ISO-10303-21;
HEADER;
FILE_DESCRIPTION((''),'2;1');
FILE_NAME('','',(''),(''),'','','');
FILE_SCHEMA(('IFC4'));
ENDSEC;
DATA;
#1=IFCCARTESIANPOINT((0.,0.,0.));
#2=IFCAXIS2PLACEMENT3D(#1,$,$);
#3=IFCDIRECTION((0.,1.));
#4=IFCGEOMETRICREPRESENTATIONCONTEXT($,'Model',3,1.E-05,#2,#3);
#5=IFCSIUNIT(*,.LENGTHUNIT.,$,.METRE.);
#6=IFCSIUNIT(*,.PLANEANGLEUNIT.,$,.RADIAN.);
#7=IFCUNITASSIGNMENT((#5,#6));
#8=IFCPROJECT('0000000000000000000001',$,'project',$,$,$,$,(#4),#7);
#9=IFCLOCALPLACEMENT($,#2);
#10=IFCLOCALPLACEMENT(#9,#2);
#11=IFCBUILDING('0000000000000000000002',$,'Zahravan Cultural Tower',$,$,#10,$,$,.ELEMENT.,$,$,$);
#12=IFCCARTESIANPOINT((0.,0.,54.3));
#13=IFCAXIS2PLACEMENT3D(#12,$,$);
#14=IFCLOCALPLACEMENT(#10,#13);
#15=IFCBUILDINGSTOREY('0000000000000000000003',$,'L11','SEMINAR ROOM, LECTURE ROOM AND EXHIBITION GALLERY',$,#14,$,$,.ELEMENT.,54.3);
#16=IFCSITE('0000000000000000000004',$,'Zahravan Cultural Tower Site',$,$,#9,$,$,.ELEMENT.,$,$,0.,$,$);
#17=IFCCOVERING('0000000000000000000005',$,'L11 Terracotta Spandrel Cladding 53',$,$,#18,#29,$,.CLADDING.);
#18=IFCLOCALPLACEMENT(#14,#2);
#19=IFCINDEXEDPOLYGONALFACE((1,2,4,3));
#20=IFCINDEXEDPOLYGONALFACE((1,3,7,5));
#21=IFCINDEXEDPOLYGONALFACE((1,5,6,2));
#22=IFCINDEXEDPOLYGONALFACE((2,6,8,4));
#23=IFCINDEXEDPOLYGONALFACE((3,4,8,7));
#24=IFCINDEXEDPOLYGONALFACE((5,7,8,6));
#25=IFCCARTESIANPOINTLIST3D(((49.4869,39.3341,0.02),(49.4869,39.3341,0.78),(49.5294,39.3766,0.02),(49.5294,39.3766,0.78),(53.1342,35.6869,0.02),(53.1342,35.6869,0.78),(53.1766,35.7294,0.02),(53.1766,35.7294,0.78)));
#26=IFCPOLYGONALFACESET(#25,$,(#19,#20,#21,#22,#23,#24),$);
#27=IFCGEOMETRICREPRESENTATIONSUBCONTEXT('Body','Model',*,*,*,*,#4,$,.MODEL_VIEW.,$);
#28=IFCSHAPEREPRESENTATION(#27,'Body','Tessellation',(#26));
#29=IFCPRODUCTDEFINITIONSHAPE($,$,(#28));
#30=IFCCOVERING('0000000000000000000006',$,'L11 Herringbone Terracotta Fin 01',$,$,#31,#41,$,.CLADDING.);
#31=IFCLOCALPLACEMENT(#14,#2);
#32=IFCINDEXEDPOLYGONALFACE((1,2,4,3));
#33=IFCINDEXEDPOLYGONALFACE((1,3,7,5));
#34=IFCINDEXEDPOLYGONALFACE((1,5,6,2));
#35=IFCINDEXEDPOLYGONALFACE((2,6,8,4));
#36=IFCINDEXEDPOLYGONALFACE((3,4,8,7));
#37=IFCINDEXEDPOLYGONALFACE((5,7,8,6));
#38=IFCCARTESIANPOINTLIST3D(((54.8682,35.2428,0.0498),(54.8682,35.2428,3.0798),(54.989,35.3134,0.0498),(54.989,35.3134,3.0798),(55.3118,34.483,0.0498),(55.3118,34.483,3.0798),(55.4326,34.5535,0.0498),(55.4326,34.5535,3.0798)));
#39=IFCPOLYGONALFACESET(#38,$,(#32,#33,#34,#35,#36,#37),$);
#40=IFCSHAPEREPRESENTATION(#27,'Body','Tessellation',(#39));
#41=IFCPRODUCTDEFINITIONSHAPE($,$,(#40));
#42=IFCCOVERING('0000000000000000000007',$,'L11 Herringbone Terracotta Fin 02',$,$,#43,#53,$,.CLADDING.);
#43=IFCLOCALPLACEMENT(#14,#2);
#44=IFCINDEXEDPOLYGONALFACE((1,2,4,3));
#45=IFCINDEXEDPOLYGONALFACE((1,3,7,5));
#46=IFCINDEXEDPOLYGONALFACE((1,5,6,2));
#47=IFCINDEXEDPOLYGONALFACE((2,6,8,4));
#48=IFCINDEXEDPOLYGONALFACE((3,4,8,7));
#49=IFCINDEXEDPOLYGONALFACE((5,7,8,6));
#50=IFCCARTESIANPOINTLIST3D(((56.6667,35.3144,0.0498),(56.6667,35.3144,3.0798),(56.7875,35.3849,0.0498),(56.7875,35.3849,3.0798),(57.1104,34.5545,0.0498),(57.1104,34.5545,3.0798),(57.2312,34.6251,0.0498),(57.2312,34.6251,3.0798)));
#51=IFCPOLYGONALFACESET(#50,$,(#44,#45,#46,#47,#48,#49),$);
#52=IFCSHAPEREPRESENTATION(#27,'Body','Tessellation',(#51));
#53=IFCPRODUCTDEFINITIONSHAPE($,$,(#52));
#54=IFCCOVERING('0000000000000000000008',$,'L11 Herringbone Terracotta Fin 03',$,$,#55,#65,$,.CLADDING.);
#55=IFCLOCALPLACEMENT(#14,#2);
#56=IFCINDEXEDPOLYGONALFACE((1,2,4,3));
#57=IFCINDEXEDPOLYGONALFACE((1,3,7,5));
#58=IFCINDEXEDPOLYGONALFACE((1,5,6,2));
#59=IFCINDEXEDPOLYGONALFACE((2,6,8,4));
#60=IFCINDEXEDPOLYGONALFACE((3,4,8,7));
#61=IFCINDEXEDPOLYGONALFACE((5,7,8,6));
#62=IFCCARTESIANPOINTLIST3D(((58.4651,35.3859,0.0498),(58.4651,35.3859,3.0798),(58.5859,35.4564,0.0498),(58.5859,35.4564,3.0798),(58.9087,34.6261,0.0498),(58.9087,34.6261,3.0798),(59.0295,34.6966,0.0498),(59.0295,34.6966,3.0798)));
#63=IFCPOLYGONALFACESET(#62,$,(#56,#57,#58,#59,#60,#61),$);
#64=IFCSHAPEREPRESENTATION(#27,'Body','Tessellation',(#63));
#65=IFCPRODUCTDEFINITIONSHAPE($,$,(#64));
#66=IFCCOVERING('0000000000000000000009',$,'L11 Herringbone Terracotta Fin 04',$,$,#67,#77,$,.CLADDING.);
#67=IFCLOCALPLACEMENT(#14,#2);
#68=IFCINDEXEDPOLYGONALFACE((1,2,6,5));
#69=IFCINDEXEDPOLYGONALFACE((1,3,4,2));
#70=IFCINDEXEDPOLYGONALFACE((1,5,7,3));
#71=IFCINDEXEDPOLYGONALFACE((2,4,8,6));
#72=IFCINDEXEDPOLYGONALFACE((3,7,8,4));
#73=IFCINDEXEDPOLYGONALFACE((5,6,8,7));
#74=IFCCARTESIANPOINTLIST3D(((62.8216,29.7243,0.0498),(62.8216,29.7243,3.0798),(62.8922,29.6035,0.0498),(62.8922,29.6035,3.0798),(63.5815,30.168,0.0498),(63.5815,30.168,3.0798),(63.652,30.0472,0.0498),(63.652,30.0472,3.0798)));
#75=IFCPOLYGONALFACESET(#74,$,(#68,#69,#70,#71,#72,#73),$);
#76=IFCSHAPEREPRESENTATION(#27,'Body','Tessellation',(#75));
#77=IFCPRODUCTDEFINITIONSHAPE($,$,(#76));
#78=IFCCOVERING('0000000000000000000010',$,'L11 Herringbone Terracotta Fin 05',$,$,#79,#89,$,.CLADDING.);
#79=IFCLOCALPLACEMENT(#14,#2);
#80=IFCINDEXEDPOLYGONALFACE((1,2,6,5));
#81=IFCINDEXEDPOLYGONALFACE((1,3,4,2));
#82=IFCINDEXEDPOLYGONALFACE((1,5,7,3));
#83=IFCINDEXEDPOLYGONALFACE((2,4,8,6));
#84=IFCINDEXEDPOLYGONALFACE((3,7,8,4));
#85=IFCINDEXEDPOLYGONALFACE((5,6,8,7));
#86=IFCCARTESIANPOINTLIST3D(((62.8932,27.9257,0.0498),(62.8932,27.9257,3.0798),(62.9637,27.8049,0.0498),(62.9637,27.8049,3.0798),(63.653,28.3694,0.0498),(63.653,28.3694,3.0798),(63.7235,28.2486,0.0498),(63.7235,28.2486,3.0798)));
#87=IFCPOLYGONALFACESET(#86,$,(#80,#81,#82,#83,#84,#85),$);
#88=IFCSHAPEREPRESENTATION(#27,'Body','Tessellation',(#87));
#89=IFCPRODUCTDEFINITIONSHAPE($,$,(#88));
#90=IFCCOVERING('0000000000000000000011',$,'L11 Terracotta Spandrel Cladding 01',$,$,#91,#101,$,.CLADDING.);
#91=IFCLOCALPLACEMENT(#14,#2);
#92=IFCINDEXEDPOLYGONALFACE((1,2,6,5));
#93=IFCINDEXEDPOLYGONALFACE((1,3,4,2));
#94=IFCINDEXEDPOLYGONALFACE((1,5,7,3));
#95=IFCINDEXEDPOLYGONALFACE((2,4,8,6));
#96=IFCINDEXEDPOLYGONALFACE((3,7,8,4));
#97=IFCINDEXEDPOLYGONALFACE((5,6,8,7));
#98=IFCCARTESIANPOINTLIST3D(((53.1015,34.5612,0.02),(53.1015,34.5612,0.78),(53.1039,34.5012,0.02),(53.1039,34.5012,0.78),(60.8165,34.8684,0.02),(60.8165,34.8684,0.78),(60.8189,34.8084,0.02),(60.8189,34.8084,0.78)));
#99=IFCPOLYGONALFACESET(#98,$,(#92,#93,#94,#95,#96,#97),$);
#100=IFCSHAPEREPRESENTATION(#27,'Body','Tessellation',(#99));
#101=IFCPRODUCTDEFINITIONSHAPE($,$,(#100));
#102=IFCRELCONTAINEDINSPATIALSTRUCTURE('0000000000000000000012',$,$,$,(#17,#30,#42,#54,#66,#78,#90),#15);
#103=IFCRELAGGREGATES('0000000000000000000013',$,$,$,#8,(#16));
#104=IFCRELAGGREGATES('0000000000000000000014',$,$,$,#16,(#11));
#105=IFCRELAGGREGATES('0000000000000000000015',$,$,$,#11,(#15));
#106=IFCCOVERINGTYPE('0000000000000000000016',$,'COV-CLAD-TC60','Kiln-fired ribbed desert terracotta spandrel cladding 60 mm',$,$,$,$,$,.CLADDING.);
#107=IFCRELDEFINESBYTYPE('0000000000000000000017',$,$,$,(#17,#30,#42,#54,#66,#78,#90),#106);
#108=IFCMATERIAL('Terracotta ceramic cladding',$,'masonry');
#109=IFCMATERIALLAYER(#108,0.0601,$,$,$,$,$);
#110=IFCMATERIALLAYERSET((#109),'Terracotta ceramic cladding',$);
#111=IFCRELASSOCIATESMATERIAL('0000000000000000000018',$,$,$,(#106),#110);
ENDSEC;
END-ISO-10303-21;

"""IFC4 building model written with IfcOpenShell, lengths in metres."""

from ifc_helpers import new_model, si_unit, direction, frame, origin, origin_2d, place, context, subcontext, project, spatial, rectangle, extrude, source, transform, mapped, material, layer, layer_set, type_object, element, save


model = new_model("IFC4")

# Units and contexts
model_context = context("Model", 3, precision=1e-05, world=origin(), true_north=direction((0.0, 1.0)))
body_context = subcontext(model_context, "Body", "Model", "MODEL_VIEW")
ifc_project = project(units=[si_unit("LENGTHUNIT", "METRE"), si_unit("PLANEANGLEUNIT", "RADIAN")], contexts=[model_context])

# Site, building, storey
site_placement = place(None, origin())
site = spatial("IfcSite", under=ifc_project, at=site_placement, Name="Zahravan Cultural Tower Site", CompositionType="ELEMENT", RefElevation=0.0)
building_placement = place(site_placement, origin())
building = spatial("IfcBuilding", under=site, at=building_placement, Name="Zahravan Cultural Tower", CompositionType="ELEMENT")
storey_placement = place(building_placement, frame((0.0, 0.0, 54.3)))
storey = spatial("IfcBuildingStorey", under=building, at=storey_placement, Name="L11", Description="SEMINAR ROOM, LECTURE ROOM AND EXHIBITION GALLERY", CompositionType="ELEMENT", Elevation=54.3)

# Coverings
ifc_material_1 = material(Name="Terracotta ceramic cladding", Category="masonry")
ifc_layer_1 = layer(ifc_material_1, 0.0601)
ifc_layer_set_1 = layer_set([ifc_layer_1], Name="Terracotta ceramic cladding")
covering_type = type_object("IfcCoveringType", Name="COV-CLAD-TC60", Description="Kiln-fired ribbed desert terracotta spandrel cladding 60 mm", PredefinedType="CLADDING", material=ifc_layer_set_1)
shared_shape_1 = source(origin(), body_context, "Body", "SweptSolid", [
    extrude(rectangle(XDim=5.158, YDim=0.0601, at=origin_2d()), origin(), (0.0, 0.0, 1.0), 0.76),
])
covering_1_placement = place(storey_placement, frame((51.3318, 37.5317, 0.02), z_axis=(0.0, 0.0, 1.0), x_axis=(0.707107, -0.707107, 0.0)))
element("IfcCovering", 1, at=covering_1_placement, inside=storey, type_object=covering_type, Name="L11 Terracotta Spandrel Cladding 53", PredefinedType="CLADDING", context=body_context, shape_type="MappedRepresentation", body=[
    mapped(shared_shape_1, transform((0.0, 0.0, 0.0), x_axis=(1.0, 0.0, 0.0), y_axis=(0.0, 1.0, 0.0), z_axis=(0.0, 0.0, 1.0), scale=1.0)),
])
shared_shape_2 = source(origin(), body_context, "Body", "SweptSolid", [
    extrude(rectangle(XDim=0.8799, YDim=0.1399, at=origin_2d()), origin(), (0.0, 0.0, 1.0), 3.03),
])
for number, where, z_axis, x_axis, name in (
    (2, (55.1504, 34.8982, 0.0498), (0.0, 0.0, 1.0), (-0.504226, 0.863572, 0.0), "L11 Herringbone Terracotta Fin 01"),
    (3, (56.949, 34.9697, 0.0498), (0.0, 0.0, 1.0), (-0.504226, 0.863572, 0.0), "L11 Herringbone Terracotta Fin 02"),
    (4, (58.7473, 35.0413, 0.0498), (0.0, 0.0, 1.0), (-0.504226, 0.863572, 0.0), "L11 Herringbone Terracotta Fin 03"),
    (5, (63.2368, 29.8857, 0.0498), (0.0, 0.0, 1.0), (0.863572, 0.504226, 0.0), "L11 Herringbone Terracotta Fin 04"),
    (6, (63.3083, 28.0872, 0.0498), (0.0, 0.0, 1.0), (0.863572, 0.504226, 0.0), "L11 Herringbone Terracotta Fin 05"),
):
    element("IfcCovering", number, at=place(storey_placement, frame(where, z_axis=z_axis, x_axis=x_axis)), inside=storey, type_object=covering_type, Name=name, PredefinedType="CLADDING", context=body_context, shape_type="MappedRepresentation", body=[
        mapped(shared_shape_2, transform((0.0, 0.0, 0.0), x_axis=(1.0, 0.0, 0.0), y_axis=(0.0, 1.0, 0.0), z_axis=(0.0, 0.0, 1.0), scale=1.0)),
    ])
shared_shape_3 = source(origin(), body_context, "Body", "SweptSolid", [
    extrude(rectangle(XDim=7.7212, YDim=0.0601, at=origin_2d()), origin(), (0.0, 0.0, 1.0), 0.76),
])
covering_2_placement = place(storey_placement, frame((56.9602, 34.6848, 0.02), z_axis=(0.0, 0.0, 1.0), x_axis=(0.999208, 0.039783, 0.0)))
element("IfcCovering", 7, at=covering_2_placement, inside=storey, type_object=covering_type, Name="L11 Terracotta Spandrel Cladding 01", PredefinedType="CLADDING", context=body_context, shape_type="MappedRepresentation", body=[
    mapped(shared_shape_3, transform((0.0, 0.0, 0.0), x_axis=(1.0, 0.0, 0.0), y_axis=(0.0, 1.0, 0.0), z_axis=(0.0, 0.0, 1.0), scale=1.0)),
])

save(model, "model.ifc")
